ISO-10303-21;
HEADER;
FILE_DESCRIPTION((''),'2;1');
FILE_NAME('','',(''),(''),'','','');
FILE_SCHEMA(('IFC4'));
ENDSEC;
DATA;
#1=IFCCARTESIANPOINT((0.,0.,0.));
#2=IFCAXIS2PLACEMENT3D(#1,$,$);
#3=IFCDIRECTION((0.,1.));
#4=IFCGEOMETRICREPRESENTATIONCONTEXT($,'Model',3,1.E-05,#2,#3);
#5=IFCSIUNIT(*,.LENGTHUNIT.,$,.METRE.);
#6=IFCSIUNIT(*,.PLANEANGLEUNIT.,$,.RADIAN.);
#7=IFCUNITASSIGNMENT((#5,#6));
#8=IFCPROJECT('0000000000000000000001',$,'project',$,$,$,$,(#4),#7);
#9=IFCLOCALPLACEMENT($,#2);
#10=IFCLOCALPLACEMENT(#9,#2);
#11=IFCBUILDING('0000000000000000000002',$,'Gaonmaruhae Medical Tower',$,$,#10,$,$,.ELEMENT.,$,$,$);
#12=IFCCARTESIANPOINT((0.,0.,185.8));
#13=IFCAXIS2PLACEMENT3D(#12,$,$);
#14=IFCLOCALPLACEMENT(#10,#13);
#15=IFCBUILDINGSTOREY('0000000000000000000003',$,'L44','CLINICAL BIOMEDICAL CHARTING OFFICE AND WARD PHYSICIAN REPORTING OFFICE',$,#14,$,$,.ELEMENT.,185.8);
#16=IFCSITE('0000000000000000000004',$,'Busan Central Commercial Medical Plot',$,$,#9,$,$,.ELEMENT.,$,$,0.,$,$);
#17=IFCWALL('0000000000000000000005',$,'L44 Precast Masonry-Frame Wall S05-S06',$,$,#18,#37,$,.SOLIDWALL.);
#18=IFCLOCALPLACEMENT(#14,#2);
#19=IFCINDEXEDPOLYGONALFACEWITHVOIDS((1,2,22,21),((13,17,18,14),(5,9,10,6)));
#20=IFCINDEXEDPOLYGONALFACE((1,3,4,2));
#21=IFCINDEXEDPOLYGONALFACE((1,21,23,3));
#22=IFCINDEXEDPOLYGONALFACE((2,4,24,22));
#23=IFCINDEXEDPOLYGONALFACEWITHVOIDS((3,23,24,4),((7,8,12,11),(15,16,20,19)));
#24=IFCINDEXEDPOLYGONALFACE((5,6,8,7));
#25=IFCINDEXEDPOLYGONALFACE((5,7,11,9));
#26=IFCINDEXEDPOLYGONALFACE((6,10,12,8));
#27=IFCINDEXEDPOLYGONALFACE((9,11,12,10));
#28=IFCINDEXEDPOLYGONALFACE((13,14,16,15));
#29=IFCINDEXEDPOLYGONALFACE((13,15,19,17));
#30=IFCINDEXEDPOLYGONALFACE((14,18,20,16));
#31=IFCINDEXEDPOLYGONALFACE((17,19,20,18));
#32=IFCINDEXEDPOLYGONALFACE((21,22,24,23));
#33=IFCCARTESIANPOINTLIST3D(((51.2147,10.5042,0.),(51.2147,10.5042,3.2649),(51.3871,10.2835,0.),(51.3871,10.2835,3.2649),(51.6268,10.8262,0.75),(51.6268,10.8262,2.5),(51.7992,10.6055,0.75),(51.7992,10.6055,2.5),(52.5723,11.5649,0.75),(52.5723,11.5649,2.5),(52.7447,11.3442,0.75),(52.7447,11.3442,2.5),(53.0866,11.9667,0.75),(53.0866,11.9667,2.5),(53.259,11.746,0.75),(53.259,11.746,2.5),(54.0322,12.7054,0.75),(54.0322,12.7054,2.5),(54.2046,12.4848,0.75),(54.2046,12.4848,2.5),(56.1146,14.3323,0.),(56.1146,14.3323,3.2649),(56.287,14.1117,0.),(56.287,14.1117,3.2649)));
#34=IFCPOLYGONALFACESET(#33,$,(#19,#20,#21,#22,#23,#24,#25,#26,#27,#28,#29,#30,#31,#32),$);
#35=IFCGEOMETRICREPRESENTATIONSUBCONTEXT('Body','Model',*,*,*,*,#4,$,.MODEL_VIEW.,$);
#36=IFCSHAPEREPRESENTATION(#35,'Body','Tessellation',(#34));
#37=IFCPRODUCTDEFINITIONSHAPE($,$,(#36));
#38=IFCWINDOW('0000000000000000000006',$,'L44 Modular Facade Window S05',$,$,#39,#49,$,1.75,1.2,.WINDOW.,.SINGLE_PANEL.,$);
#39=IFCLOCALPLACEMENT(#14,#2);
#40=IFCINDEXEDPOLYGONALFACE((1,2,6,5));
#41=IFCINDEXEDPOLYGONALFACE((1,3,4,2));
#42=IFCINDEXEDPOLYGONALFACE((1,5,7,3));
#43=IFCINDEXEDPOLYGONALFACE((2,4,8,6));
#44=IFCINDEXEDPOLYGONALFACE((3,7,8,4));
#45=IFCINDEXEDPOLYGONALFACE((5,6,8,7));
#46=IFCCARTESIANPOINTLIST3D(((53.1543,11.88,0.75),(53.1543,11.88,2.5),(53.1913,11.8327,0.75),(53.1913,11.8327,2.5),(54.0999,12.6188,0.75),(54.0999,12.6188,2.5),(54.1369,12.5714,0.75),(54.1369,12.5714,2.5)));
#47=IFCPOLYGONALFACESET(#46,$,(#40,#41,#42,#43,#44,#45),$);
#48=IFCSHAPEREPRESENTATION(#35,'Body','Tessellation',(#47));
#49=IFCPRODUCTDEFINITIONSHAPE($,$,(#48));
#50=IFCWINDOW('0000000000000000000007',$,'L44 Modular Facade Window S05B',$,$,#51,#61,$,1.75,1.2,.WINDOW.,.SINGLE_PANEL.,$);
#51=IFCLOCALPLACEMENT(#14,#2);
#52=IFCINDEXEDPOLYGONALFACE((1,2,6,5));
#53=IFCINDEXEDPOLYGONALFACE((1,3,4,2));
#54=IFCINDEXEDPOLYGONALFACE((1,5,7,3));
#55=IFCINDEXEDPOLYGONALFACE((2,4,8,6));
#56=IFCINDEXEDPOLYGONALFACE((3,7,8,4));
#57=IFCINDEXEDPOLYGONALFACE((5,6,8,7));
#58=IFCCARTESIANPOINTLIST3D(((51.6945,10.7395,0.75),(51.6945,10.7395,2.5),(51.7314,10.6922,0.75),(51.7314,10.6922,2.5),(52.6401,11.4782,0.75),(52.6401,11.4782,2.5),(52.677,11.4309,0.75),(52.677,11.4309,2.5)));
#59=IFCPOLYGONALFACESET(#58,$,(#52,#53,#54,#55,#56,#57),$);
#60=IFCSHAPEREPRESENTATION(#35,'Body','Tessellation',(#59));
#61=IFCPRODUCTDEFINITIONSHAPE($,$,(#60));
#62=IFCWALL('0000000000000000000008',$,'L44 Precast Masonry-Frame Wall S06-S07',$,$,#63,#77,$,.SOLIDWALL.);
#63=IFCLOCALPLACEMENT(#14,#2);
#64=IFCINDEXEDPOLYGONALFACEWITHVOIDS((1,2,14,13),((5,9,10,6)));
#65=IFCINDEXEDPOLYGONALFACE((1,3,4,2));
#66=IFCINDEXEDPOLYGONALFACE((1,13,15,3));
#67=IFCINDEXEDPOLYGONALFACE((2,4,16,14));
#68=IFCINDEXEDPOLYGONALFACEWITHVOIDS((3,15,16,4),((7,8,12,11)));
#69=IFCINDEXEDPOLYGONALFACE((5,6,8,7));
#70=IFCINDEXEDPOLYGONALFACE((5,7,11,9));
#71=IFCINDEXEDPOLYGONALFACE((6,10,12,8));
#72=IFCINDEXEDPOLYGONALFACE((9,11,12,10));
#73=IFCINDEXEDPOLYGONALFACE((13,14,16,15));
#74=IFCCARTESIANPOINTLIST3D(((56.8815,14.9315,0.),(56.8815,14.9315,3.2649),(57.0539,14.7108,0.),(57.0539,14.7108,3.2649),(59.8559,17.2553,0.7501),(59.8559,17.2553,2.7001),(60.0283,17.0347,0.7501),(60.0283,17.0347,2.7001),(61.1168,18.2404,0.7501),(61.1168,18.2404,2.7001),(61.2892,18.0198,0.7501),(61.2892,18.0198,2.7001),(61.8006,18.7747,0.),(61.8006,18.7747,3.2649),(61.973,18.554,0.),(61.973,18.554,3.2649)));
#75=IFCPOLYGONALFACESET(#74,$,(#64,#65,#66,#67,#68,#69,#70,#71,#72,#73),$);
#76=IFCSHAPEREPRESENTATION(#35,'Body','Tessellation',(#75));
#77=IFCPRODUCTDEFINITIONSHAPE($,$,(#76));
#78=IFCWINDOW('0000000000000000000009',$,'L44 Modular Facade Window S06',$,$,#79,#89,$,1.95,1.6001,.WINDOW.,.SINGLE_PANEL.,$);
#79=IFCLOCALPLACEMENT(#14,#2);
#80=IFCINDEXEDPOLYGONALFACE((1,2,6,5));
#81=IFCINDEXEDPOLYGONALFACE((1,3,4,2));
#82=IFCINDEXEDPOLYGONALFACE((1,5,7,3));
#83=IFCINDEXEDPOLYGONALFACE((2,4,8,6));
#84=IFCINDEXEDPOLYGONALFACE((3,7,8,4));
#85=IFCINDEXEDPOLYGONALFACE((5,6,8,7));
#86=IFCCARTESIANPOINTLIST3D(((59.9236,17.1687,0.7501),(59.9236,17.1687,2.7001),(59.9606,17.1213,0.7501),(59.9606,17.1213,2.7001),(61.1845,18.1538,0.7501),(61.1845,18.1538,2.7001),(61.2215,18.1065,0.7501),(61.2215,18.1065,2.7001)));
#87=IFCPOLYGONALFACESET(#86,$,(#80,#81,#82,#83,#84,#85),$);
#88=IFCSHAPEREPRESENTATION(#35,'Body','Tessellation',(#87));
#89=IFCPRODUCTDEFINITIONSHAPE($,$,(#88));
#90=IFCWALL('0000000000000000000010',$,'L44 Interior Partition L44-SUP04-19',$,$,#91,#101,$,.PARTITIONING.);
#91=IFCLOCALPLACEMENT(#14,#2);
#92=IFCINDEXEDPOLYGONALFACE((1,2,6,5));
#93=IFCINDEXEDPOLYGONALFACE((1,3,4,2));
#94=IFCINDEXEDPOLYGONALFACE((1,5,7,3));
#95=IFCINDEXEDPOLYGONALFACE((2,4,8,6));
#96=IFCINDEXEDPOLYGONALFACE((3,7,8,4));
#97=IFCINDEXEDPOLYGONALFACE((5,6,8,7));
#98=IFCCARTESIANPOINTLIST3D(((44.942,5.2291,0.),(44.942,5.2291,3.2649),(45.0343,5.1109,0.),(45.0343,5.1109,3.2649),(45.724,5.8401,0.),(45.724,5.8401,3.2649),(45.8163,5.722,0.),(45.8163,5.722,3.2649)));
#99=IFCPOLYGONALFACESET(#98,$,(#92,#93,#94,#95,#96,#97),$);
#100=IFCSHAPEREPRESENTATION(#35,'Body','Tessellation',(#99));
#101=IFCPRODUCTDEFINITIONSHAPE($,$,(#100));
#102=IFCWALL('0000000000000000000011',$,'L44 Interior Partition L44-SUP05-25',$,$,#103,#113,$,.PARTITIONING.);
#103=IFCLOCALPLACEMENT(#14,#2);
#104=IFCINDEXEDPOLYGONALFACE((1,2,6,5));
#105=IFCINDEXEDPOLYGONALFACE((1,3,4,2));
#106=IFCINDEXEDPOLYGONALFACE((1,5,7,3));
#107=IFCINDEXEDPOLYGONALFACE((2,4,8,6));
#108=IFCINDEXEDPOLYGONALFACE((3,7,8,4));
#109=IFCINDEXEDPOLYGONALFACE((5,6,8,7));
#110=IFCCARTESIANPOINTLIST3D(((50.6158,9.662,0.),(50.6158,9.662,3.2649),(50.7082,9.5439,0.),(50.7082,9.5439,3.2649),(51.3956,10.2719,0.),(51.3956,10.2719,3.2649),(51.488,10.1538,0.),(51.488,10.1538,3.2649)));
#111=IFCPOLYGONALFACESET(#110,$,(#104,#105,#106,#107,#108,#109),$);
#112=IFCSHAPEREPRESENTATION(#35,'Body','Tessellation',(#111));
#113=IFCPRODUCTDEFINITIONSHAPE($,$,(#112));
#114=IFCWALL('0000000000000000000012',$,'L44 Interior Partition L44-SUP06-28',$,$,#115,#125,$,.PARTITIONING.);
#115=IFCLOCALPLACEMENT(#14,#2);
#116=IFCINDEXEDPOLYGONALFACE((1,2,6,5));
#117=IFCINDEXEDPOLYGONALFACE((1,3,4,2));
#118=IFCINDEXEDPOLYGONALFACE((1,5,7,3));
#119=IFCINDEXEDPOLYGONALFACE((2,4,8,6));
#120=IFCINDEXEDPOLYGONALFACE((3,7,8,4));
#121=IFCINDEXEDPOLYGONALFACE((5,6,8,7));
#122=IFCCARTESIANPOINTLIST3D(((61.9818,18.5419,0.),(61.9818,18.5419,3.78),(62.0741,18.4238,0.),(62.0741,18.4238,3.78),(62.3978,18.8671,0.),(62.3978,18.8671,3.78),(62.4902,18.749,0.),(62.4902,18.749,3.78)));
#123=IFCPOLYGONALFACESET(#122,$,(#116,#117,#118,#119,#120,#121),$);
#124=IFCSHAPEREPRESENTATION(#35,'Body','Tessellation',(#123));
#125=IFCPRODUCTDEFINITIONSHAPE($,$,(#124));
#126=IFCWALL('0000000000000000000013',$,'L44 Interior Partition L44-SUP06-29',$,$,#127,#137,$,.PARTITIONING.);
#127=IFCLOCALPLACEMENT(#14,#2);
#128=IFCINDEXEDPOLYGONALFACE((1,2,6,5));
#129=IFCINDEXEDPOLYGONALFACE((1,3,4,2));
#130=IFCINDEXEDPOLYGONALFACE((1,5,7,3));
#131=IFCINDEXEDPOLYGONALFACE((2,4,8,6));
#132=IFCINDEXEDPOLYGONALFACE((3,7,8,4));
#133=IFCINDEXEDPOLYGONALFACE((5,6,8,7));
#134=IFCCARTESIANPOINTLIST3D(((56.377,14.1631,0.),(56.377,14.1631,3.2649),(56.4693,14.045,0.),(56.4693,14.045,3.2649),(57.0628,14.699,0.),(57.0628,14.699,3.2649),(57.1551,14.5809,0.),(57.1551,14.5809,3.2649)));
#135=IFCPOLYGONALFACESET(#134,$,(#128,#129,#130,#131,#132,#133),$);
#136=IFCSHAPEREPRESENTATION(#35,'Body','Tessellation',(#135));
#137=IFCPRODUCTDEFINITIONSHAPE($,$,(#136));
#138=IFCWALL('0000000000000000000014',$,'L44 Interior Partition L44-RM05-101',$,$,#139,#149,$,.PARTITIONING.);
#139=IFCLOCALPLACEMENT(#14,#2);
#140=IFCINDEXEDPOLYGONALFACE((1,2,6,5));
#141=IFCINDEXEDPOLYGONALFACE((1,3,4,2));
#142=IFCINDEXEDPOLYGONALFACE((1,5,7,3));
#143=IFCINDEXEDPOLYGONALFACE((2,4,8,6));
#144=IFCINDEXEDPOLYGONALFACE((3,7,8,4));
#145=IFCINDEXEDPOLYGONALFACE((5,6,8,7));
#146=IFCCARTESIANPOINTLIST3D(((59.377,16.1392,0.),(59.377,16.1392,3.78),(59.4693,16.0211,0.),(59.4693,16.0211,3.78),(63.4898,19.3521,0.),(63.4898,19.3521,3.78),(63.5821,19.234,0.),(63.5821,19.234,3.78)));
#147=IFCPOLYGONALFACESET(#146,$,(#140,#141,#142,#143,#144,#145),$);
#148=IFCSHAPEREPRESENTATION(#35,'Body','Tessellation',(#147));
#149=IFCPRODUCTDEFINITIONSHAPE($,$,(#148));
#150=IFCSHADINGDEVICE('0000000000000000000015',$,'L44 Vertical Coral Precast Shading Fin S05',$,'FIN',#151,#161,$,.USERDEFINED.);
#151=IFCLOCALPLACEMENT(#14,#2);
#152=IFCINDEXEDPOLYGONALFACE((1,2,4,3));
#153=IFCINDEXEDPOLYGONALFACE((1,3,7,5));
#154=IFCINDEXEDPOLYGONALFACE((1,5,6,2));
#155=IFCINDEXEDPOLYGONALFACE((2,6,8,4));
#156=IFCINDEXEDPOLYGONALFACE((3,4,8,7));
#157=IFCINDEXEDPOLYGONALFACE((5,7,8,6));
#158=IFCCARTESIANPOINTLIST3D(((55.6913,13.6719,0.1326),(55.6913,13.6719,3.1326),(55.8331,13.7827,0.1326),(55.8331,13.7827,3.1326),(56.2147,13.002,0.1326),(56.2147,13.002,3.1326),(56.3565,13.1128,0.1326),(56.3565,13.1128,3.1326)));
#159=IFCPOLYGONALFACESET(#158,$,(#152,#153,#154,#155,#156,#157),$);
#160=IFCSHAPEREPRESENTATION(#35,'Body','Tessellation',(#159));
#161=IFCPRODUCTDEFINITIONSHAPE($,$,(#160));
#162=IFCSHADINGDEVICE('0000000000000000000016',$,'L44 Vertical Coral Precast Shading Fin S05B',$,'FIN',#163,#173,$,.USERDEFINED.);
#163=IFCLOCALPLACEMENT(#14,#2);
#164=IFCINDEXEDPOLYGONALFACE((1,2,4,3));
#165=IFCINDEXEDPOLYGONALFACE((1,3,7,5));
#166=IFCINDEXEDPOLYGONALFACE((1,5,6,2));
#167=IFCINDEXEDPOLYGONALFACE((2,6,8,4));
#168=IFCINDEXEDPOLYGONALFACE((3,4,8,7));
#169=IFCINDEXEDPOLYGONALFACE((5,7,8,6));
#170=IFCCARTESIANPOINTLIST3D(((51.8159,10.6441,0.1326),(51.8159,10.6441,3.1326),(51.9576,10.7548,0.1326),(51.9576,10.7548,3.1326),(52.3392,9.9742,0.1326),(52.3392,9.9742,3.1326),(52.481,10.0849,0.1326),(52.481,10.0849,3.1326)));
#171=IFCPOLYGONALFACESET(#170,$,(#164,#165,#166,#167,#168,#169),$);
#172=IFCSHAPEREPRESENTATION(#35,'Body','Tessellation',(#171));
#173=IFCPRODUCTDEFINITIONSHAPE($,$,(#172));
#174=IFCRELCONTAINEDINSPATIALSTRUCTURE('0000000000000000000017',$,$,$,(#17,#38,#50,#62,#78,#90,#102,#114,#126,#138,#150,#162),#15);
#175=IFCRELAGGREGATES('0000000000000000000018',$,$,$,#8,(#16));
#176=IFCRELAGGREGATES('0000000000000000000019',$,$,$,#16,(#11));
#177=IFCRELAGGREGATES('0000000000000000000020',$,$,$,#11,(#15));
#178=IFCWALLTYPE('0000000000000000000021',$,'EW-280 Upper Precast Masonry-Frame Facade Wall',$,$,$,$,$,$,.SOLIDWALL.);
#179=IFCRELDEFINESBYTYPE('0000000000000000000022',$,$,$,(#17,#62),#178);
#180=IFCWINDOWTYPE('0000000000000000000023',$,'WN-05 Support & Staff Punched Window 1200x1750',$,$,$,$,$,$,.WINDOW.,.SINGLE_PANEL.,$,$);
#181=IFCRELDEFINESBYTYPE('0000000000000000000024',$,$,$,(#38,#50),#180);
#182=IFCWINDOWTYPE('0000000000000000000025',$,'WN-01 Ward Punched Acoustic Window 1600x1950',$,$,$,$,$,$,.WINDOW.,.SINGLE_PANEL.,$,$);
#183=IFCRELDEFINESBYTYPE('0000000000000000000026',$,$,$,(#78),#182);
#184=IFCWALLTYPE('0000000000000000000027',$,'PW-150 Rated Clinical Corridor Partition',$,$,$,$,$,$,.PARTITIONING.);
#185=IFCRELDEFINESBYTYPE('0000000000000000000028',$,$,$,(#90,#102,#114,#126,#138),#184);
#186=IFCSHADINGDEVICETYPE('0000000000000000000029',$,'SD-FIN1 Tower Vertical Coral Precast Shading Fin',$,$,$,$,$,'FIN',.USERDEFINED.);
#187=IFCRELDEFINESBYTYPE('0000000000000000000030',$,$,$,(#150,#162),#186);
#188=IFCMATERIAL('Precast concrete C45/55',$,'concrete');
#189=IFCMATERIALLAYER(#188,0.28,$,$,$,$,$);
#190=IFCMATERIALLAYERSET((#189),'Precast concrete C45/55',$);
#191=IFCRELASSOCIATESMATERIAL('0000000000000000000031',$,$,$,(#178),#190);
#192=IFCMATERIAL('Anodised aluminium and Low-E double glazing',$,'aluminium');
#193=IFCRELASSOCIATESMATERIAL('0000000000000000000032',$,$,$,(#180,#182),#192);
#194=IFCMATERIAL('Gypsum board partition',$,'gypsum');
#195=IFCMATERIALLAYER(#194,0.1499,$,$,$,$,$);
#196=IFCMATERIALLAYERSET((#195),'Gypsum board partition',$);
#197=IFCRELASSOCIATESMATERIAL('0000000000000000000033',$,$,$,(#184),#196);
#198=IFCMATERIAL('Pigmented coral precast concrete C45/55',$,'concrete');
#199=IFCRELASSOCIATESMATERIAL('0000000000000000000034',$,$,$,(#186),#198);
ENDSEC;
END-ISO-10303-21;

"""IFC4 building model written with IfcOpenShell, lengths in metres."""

from ifc_helpers import new_model, si_unit, direction, frame, frame_2d, origin, origin_2d, place, context, subcontext, project, spatial, rectangle, extrude, material, layer, layer_set, type_object, element, fill, save


model = new_model("IFC4")

# Units and contexts
model_context = context("Model", 3, precision=1e-05, world=origin(), true_north=direction((0.0, 1.0)))
body_context = subcontext(model_context, "Body", "Model", "MODEL_VIEW")
ifc_project = project(units=[si_unit("LENGTHUNIT", "METRE"), si_unit("PLANEANGLEUNIT", "RADIAN")], contexts=[model_context])

# Site, building, storey
site_placement = place(None, origin())
site = spatial("IfcSite", under=ifc_project, at=site_placement, Name="Busan Central Commercial Medical Plot", CompositionType="ELEMENT", RefElevation=0.0)
building_placement = place(site_placement, origin())
building = spatial("IfcBuilding", under=site, at=building_placement, Name="Gaonmaruhae Medical Tower", CompositionType="ELEMENT")
storey_placement = place(building_placement, frame((0.0, 0.0, 185.8)))
storey = spatial("IfcBuildingStorey", under=building, at=storey_placement, Name="L44", Description="CLINICAL BIOMEDICAL CHARTING OFFICE AND WARD PHYSICIAN REPORTING OFFICE", CompositionType="ELEMENT", Elevation=185.8)

# Shared definitions
ifc_material_1 = material(Name="Precast concrete C45/55", Category="concrete")
ifc_layer_1 = layer(ifc_material_1, 0.28)
ifc_layer_set_1 = layer_set([ifc_layer_1], Name="Precast concrete C45/55")
wall_type_1 = type_object("IfcWallType", Name="EW-280 Upper Precast Masonry-Frame Facade Wall", PredefinedType="SOLIDWALL", material=ifc_layer_set_1)
ifc_material_2 = material(Name="Anodised aluminium and Low-E double glazing", Category="aluminium")

# Wall, openings, windows
wall_1_placement = place(storey_placement, frame((56.2007, 14.2219, 0.0), z_axis=(0.0, 0.0, 1.0), x_axis=(-0.788018, -0.615652, 0.0)))
wall_1 = element("IfcWall", 1, at=wall_1_placement, inside=storey, type_object=wall_type_1, Name="L44 Precast Masonry-Frame Wall S05-S06", PredefinedType="SOLIDWALL", context=body_context, shape_type="SweptSolid", body=[
    extrude(rectangle(XDim=6.218, YDim=0.28, at=frame_2d((3.1089, 0.0))), origin(), (0.0, 0.0, 1.0), 3.2649),
])
opening_1_placement = place(wall_1_placement, frame((2.6423, 0.0, 0.75)))
opening_1 = element("IfcOpeningElement", 2, at=opening_1_placement, cuts=wall_1, PredefinedType="OPENING", context=body_context, shape_type="SweptSolid", body=[
    extrude(rectangle(XDim=1.2, YDim=1.75, at=frame_2d((0.6001, 0.875))), frame((0.0, 0.1499, 0.0), z_axis=(0.0, -1.0, 0.0), x_axis=(1.0, 0.0, 0.0)), (0.0, 0.0, 1.0), 0.3),
])
opening_2_placement = place(wall_1_placement, frame((4.4949, 0.0, 0.75)))
opening_2 = element("IfcOpeningElement", 3, at=opening_2_placement, cuts=wall_1, PredefinedType="OPENING", context=body_context, shape_type="SweptSolid", body=[
    extrude(rectangle(XDim=1.2, YDim=1.75, at=frame_2d((0.6001, 0.875))), frame((0.0, 0.1499, 0.0), z_axis=(0.0, -1.0, 0.0), x_axis=(1.0, 0.0, 0.0)), (0.0, 0.0, 1.0), 0.3),
])
window_type_1 = type_object("IfcWindowType", Name="WN-05 Support & Staff Punched Window 1200x1750", PartitioningType="SINGLE_PANEL", PredefinedType="WINDOW", material=ifc_material_2)
window_1_placement = place(opening_1_placement, origin())
window_1 = element("IfcWindow", 4, at=window_1_placement, inside=storey, type_object=window_type_1, Name="L44 Modular Facade Window S05", OverallHeight=1.75, OverallWidth=1.2, PartitioningType="SINGLE_PANEL", PredefinedType="WINDOW", context=body_context, shape_type="SweptSolid", body=[
    extrude(rectangle(XDim=1.2, YDim=1.75, at=frame_2d((0.6001, 0.875))), frame((0.0, 0.03, 0.0), z_axis=(0.0, -1.0, 0.0), x_axis=(1.0, 0.0, 0.0)), (0.0, 0.0, 1.0), 0.0601),
])
fill(opening_1, window_1)
window_2_placement = place(opening_2_placement, origin())
window_2 = element("IfcWindow", 5, at=window_2_placement, inside=storey, type_object=window_type_1, Name="L44 Modular Facade Window S05B", OverallHeight=1.75, OverallWidth=1.2, PartitioningType="SINGLE_PANEL", PredefinedType="WINDOW", context=body_context, shape_type="SweptSolid", body=[
    extrude(rectangle(XDim=1.2, YDim=1.75, at=frame_2d((0.6001, 0.875))), frame((0.0, 0.03, 0.0), z_axis=(0.0, -1.0, 0.0), x_axis=(1.0, 0.0, 0.0)), (0.0, 0.0, 1.0), 0.0601),
])
fill(opening_2, window_2)

# Wall, opening, window
wall_2_placement = place(storey_placement, frame((61.8867, 18.6643, 0.0), z_axis=(0.0, 0.0, 1.0), x_axis=(-0.788013, -0.615658, 0.0)))
wall_2 = element("IfcWall", 6, at=wall_2_placement, inside=storey, type_object=wall_type_1, Name="L44 Precast Masonry-Frame Wall S06-S07", PredefinedType="SOLIDWALL", context=body_context, shape_type="SweptSolid", body=[
    extrude(rectangle(XDim=6.2424, YDim=0.28, at=frame_2d((3.1211, 0.0))), origin(), (0.0, 0.0, 1.0), 3.2649),
])
opening_3_placement = place(wall_2_placement, frame((0.8677, 0.0, 0.75)))
opening_3 = element("IfcOpeningElement", 7, at=opening_3_placement, cuts=wall_2, PredefinedType="OPENING", context=body_context, shape_type="SweptSolid", body=[
    extrude(rectangle(XDim=1.6001, YDim=1.95, at=frame_2d((0.8, 0.9751))), frame((0.0, 0.1499, 0.0), z_axis=(0.0, -1.0, 0.0), x_axis=(1.0, 0.0, 0.0)), (0.0, 0.0, 1.0), 0.3),
])
window_type_2 = type_object("IfcWindowType", Name="WN-01 Ward Punched Acoustic Window 1600x1950", PartitioningType="SINGLE_PANEL", PredefinedType="WINDOW", material=ifc_material_2)
window_3_placement = place(opening_3_placement, origin())
window_3 = element("IfcWindow", 8, at=window_3_placement, inside=storey, type_object=window_type_2, Name="L44 Modular Facade Window S06", OverallHeight=1.95, OverallWidth=1.6001, PartitioningType="SINGLE_PANEL", PredefinedType="WINDOW", context=body_context, shape_type="SweptSolid", body=[
    extrude(rectangle(XDim=1.6001, YDim=1.95, at=frame_2d((0.8, 0.9751))), frame((0.0, 0.03, 0.0), z_axis=(0.0, -1.0, 0.0), x_axis=(1.0, 0.0, 0.0)), (0.0, 0.0, 1.0), 0.0601),
])
fill(opening_3, window_3)

# Walls
ifc_material_3 = material(Name="Gypsum board partition", Category="gypsum")
ifc_layer_2 = layer(ifc_material_3, 0.1499)
ifc_layer_set_2 = layer_set([ifc_layer_2], Name="Gypsum board partition")
wall_type_2 = type_object("IfcWallType", Name="PW-150 Rated Clinical Corridor Partition", PredefinedType="PARTITIONING", material=ifc_layer_set_2)
wall_3_placement = place(storey_placement, frame((45.77, 5.781, 0.0), z_axis=(0.0, 0.0, 1.0), x_axis=(-0.787946, -0.615744, 0.0)))
element("IfcWall", 9, at=wall_3_placement, inside=storey, type_object=wall_type_2, Name="L44 Interior Partition L44-SUP04-19", PredefinedType="PARTITIONING", context=body_context, shape_type="SweptSolid", body=[
    extrude(rectangle(XDim=0.9924, YDim=0.1499, at=frame_2d((0.4961, 0.0))), origin(), (0.0, 0.0, 1.0), 3.2649),
])
wall_4_placement = place(storey_placement, frame((51.4419, 10.2129, 0.0), z_axis=(0.0, 0.0, 1.0), x_axis=(-0.787703, -0.616056, 0.0)))
element("IfcWall", 10, at=wall_4_placement, inside=storey, type_object=wall_type_2, Name="L44 Interior Partition L44-SUP05-25", PredefinedType="PARTITIONING", context=body_context, shape_type="SweptSolid", body=[
    extrude(rectangle(XDim=0.99, YDim=0.1499, at=frame_2d((0.4951, 0.0))), origin(), (0.0, 0.0, 1.0), 3.2649),
])
wall_5_placement = place(storey_placement, frame((62.4441, 18.8081, 0.0), z_axis=(0.0, 0.0, 1.0), x_axis=(-0.787856, -0.615859, 0.0)))
element("IfcWall", 11, at=wall_5_placement, inside=storey, type_object=wall_type_2, Name="L44 Interior Partition L44-SUP06-28", PredefinedType="PARTITIONING", context=body_context, shape_type="SweptSolid", body=[
    extrude(rectangle(XDim=0.5281, YDim=0.1499, at=frame_2d((0.2642, 0.0))), origin(), (0.0, 0.0, 1.0), 3.78),
])
wall_6_placement = place(storey_placement, frame((57.1089, 14.6399, 0.0), z_axis=(0.0, 0.0, 1.0), x_axis=(-0.787961, -0.615726, 0.0)))
element("IfcWall", 12, at=wall_6_placement, inside=storey, type_object=wall_type_2, Name="L44 Interior Partition L44-SUP06-29", PredefinedType="PARTITIONING", context=body_context, shape_type="SweptSolid", body=[
    extrude(rectangle(XDim=0.8704, YDim=0.1499, at=frame_2d((0.4351, 0.0))), origin(), (0.0, 0.0, 1.0), 3.2649),
])
wall_7_placement = place(storey_placement, frame((63.5359, 19.293, 0.0), z_axis=(0.0, 0.0, 1.0), x_axis=(-0.788046, -0.615617, 0.0)))
element("IfcWall", 13, at=wall_7_placement, inside=storey, type_object=wall_type_2, Name="L44 Interior Partition L44-RM05-101", PredefinedType="PARTITIONING", context=body_context, shape_type="SweptSolid", body=[
    extrude(rectangle(XDim=5.219, YDim=0.1499, at=frame_2d((2.6094, 0.0))), origin(), (0.0, 0.0, 1.0), 3.78),
])

# Shading devices
ifc_material_4 = material(Name="Pigmented coral precast concrete C45/55", Category="concrete")
shading_device_type = type_object("IfcShadingDeviceType", Name="SD-FIN1 Tower Vertical Coral Precast Shading Fin", ElementType="FIN", PredefinedType="USERDEFINED", material=ifc_material_4)
for number, where, z_axis, x_axis, name in (
    (14, (56.0239, 13.3923, 0.1326), (0.0, 0.0, 1.0), (-0.788011, -0.615661, 0.0), "L44 Vertical Coral Precast Shading Fin S05"),
    (15, (52.1484, 10.3645, 0.1326), (0.0, 0.0, 1.0), (-0.788011, -0.615661, 0.0), "L44 Vertical Coral Precast Shading Fin S05B"),
):
    element("IfcShadingDevice", number, at=place(storey_placement, frame(where, z_axis=z_axis, x_axis=x_axis)), inside=storey, type_object=shading_device_type, Name=name, ObjectType="FIN", PredefinedType="USERDEFINED", context=body_context, shape_type="SweptSolid", body=[
        extrude(rectangle(XDim=0.1799, YDim=0.8501, at=origin_2d()), origin(), (0.0, 0.0, 1.0), 3.0),
    ])

save(model, "model.ifc")
